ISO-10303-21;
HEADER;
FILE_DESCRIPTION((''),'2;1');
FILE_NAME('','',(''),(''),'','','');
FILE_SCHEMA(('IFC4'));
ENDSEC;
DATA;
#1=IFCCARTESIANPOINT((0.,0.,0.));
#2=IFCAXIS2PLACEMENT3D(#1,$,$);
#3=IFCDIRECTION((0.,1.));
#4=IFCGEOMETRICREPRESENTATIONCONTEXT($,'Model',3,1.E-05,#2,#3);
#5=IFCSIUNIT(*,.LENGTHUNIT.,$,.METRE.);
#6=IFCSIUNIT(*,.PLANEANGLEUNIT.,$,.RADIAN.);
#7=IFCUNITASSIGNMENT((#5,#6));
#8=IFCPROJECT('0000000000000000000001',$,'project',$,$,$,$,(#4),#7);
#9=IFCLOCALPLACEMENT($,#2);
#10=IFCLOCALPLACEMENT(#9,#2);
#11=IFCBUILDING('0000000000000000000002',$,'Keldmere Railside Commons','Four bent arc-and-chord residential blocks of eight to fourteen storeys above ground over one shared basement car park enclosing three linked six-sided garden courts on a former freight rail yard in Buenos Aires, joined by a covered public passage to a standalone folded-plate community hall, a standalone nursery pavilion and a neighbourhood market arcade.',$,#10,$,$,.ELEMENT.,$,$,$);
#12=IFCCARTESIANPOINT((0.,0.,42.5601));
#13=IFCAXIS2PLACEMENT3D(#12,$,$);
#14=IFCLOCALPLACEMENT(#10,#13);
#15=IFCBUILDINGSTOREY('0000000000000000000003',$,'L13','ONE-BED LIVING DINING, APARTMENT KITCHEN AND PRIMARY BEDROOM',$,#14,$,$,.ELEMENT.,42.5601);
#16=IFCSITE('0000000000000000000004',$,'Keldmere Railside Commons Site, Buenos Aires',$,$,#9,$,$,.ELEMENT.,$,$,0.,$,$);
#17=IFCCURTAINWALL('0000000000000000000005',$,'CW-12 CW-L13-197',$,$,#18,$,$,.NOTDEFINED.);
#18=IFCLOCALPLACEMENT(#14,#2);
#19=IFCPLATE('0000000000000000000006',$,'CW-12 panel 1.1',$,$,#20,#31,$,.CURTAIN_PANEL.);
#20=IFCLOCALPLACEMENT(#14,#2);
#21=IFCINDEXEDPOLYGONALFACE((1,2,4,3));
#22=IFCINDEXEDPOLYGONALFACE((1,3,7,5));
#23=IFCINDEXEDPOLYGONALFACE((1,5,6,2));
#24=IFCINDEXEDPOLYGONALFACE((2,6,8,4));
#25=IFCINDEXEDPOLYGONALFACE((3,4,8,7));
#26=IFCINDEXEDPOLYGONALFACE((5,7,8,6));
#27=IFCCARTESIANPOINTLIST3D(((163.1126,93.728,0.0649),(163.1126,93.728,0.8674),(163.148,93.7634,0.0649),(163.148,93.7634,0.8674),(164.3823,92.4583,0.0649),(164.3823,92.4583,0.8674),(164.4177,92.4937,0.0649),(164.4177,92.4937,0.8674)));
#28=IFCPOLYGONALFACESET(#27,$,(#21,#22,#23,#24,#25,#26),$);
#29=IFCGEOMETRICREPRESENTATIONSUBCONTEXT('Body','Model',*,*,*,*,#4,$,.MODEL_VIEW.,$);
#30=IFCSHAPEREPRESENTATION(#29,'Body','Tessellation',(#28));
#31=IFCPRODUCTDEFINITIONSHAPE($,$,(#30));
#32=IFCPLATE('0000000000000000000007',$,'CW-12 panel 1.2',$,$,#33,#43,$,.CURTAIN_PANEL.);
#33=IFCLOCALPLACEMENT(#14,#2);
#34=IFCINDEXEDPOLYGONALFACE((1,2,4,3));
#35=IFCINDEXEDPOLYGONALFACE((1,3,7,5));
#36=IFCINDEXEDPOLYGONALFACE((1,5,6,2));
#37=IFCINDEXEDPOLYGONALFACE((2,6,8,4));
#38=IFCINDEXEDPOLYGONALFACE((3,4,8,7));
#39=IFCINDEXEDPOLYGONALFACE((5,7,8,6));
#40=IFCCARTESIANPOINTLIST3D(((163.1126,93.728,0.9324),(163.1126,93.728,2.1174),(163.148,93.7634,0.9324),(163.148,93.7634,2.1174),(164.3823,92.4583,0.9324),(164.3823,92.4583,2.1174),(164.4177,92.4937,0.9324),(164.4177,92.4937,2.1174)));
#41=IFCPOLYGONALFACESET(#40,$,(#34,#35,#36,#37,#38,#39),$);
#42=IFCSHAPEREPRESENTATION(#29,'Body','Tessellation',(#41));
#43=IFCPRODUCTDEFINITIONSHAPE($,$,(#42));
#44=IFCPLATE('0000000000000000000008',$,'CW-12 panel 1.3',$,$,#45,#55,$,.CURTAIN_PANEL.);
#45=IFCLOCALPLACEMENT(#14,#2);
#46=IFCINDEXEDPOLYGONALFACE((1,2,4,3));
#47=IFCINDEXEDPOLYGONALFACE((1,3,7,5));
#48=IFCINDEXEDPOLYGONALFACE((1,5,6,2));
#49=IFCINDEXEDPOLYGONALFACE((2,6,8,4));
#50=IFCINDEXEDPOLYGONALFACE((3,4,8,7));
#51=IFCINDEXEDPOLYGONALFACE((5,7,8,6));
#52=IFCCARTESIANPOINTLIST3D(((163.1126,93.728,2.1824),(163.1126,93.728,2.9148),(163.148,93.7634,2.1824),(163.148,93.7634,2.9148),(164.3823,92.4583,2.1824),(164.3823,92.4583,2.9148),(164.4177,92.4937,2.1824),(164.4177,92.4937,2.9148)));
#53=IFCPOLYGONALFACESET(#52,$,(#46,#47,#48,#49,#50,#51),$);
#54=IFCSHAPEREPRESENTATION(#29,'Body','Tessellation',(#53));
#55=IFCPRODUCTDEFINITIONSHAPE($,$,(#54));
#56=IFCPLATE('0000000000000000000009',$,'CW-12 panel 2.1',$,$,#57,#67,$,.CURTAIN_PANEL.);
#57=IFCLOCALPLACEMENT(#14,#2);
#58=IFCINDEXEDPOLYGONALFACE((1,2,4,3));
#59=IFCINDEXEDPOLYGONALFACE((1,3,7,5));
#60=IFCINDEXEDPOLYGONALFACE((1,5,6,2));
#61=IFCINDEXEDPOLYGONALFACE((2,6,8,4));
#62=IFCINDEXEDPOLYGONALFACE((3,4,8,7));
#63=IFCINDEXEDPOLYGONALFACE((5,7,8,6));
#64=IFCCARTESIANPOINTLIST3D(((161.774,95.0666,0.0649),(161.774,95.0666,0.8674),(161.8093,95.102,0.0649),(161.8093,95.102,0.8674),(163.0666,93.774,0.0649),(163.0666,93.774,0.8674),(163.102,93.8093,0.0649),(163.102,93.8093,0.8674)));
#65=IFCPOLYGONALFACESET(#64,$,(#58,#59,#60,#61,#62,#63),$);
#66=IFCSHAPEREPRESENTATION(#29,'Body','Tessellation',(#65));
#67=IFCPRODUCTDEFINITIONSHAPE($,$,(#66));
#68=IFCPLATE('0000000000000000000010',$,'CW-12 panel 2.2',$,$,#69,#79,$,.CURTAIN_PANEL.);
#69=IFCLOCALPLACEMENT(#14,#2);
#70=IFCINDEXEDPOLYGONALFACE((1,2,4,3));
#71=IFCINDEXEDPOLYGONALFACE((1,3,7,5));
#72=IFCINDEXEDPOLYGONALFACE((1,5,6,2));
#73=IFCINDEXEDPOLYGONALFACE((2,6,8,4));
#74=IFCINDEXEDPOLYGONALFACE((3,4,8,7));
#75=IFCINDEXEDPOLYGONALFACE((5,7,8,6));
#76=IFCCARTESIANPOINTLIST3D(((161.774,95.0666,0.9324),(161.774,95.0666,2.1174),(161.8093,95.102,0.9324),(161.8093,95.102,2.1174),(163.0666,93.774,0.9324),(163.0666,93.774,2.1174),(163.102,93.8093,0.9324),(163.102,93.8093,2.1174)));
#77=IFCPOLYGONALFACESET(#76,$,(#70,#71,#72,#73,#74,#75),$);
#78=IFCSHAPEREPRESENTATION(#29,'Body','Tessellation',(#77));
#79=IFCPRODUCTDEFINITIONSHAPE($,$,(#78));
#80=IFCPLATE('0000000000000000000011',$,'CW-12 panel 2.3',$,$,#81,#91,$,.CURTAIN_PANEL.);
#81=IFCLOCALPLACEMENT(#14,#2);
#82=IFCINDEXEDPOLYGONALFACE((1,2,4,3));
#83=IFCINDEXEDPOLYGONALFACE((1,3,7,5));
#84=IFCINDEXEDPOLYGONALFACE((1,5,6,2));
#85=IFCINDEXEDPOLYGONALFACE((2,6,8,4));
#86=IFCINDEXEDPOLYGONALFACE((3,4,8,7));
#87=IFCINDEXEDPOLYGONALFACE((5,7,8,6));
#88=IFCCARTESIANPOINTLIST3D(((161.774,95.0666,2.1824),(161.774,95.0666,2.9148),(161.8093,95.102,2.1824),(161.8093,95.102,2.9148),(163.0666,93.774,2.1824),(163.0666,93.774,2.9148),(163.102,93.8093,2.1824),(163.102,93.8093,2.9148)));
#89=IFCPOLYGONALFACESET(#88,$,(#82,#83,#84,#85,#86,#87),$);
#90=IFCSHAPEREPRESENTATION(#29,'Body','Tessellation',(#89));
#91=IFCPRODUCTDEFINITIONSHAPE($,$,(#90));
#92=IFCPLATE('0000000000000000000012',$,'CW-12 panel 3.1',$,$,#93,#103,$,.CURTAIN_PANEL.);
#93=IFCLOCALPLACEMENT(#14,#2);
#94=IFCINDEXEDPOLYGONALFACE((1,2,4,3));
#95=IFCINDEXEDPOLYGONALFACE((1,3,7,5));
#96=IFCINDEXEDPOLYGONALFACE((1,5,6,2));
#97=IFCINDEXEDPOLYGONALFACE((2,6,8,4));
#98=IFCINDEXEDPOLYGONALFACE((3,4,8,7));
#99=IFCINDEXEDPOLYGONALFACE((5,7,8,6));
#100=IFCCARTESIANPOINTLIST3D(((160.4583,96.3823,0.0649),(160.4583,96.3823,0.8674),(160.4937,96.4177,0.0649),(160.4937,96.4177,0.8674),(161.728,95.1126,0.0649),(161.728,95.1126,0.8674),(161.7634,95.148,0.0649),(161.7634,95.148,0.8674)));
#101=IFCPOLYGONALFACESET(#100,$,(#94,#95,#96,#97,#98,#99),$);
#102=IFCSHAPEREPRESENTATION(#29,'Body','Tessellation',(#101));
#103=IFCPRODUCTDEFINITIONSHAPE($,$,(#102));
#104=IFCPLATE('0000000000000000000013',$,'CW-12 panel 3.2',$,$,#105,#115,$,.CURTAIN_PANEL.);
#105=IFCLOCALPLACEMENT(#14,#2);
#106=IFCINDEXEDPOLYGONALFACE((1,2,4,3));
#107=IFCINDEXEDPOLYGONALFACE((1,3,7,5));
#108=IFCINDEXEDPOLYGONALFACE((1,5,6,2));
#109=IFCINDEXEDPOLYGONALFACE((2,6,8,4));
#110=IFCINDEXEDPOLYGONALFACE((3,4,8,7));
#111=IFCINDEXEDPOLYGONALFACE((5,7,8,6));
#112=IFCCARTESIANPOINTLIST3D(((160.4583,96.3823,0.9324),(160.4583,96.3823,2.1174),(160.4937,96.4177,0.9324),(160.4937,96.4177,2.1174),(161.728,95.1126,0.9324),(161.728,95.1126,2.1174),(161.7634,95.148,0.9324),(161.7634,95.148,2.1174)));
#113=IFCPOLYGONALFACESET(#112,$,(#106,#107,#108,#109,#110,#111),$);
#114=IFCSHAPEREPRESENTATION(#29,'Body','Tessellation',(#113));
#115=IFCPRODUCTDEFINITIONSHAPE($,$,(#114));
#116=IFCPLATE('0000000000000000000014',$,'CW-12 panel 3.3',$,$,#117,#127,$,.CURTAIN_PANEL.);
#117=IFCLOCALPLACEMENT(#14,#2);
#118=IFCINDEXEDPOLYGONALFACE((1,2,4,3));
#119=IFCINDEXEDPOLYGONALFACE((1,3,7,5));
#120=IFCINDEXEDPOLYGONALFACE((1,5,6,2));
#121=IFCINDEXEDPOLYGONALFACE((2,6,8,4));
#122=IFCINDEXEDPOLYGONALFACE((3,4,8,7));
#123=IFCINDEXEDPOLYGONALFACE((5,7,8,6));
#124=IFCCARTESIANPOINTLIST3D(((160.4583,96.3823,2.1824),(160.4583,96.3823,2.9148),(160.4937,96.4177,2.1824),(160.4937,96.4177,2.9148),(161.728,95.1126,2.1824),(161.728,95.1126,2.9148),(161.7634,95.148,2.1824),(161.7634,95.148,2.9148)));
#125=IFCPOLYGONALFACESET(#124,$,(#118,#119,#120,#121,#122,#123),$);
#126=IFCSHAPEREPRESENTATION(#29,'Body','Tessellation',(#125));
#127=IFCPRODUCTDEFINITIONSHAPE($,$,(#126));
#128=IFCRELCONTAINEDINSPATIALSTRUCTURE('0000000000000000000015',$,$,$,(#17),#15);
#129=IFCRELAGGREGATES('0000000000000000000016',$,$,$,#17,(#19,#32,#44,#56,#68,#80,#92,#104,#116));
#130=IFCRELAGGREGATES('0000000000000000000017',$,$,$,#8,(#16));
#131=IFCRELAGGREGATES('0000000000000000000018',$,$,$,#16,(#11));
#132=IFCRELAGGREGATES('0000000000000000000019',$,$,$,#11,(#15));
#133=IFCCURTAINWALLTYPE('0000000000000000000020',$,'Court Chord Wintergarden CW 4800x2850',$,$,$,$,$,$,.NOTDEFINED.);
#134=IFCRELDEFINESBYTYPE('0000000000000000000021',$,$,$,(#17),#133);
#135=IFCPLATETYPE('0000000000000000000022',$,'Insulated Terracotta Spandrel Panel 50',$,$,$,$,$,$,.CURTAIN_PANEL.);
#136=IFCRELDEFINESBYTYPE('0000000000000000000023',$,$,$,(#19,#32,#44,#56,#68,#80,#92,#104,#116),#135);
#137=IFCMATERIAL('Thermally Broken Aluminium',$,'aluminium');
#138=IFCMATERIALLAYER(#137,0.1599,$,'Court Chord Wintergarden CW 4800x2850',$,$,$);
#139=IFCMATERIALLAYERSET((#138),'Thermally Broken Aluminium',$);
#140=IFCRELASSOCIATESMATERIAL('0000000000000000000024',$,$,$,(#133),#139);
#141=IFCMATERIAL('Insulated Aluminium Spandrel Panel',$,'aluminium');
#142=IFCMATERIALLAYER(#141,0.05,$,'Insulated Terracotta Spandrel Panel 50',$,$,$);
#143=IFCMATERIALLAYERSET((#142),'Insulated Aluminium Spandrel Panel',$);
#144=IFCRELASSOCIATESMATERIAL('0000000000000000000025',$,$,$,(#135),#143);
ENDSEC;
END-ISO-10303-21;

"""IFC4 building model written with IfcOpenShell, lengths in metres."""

from ifc_helpers import new_model, si_unit, direction, frame, origin, origin_2d, place, context, subcontext, project, spatial, rectangle, extrude, material, layer, layer_set, type_object, element, aggregate, save


model = new_model("IFC4")

# Units and contexts
model_context = context("Model", 3, precision=1e-05, world=origin(), true_north=direction((0.0, 1.0)))
body_context = subcontext(model_context, "Body", "Model", "MODEL_VIEW")
ifc_project = project(units=[si_unit("LENGTHUNIT", "METRE"), si_unit("PLANEANGLEUNIT", "RADIAN")], contexts=[model_context])

# Site, building, storey
site_placement = place(None, origin())
site = spatial("IfcSite", under=ifc_project, at=site_placement, Name="Keldmere Railside Commons Site, Buenos Aires", CompositionType="ELEMENT", RefElevation=0.0)
building_placement = place(site_placement, origin())
building = spatial("IfcBuilding", under=site, at=building_placement, Name="Keldmere Railside Commons", Description="Four bent arc-and-chord residential blocks of eight to fourteen storeys above ground over one shared basement car park enclosing three linked six-sided garden courts on a former freight rail yard in Buenos Aires, joined by a covered public passage to a standalone folded-plate community hall, a standalone nursery pavilion and a neighbourhood market arcade.", CompositionType="ELEMENT")
storey_placement = place(building_placement, frame((0.0, 0.0, 42.5601)))
storey = spatial("IfcBuildingStorey", under=building, at=storey_placement, Name="L13", Description="ONE-BED LIVING DINING, APARTMENT KITCHEN AND PRIMARY BEDROOM", CompositionType="ELEMENT", Elevation=42.5601)

# Curtain wall, plates
ifc_material_1 = material(Name="Thermally Broken Aluminium", Category="aluminium")
ifc_layer_1 = layer(ifc_material_1, 0.1599, Name="Court Chord Wintergarden CW 4800x2850")
ifc_layer_set_1 = layer_set([ifc_layer_1], Name="Thermally Broken Aluminium")
curtain_wall_type = type_object("IfcCurtainWallType", Name="Court Chord Wintergarden CW 4800x2850", PredefinedType="NOTDEFINED", material=ifc_layer_set_1)
curtain_wall_placement = place(storey_placement, origin())
curtain_wall = element("IfcCurtainWall", 1, at=curtain_wall_placement, inside=storey, type_object=curtain_wall_type, Name="CW-12 CW-L13-197", PredefinedType="NOTDEFINED")
ifc_material_2 = material(Name="Insulated Aluminium Spandrel Panel", Category="aluminium")
ifc_layer_2 = layer(ifc_material_2, 0.05, Name="Insulated Terracotta Spandrel Panel 50")
ifc_layer_set_2 = layer_set([ifc_layer_2], Name="Insulated Aluminium Spandrel Panel")
plate_type = type_object("IfcPlateType", Name="Insulated Terracotta Spandrel Panel 50", PredefinedType="CURTAIN_PANEL", material=ifc_layer_set_2)
plate_1_placement = place(storey_placement, frame((163.7651, 93.1108, 0.0649), z_axis=(0.0, 0.0, 1.0), x_axis=(-0.707107, 0.707107, 0.0)))
plate_1 = element("IfcPlate", 2, at=plate_1_placement, type_object=plate_type, Name="CW-12 panel 1.1", PredefinedType="CURTAIN_PANEL", context=body_context, shape_type="SweptSolid", body=[
    extrude(rectangle(XDim=1.7957, YDim=0.05, at=origin_2d()), origin(), (0.0, 0.0, 1.0), 0.8025),
])
plate_2_placement = place(storey_placement, frame((163.7651, 93.1108, 0.9324), z_axis=(0.0, 0.0, 1.0), x_axis=(-0.707107, 0.707107, 0.0)))
plate_2 = element("IfcPlate", 3, at=plate_2_placement, type_object=plate_type, Name="CW-12 panel 1.2", PredefinedType="CURTAIN_PANEL", context=body_context, shape_type="SweptSolid", body=[
    extrude(rectangle(XDim=1.7957, YDim=0.05, at=origin_2d()), origin(), (0.0, 0.0, 1.0), 1.1851),
])
plate_3_placement = place(storey_placement, frame((163.7651, 93.1108, 2.1824), z_axis=(0.0, 0.0, 1.0), x_axis=(-0.707107, 0.707107, 0.0)))
plate_3 = element("IfcPlate", 4, at=plate_3_placement, type_object=plate_type, Name="CW-12 panel 1.3", PredefinedType="CURTAIN_PANEL", context=body_context, shape_type="SweptSolid", body=[
    extrude(rectangle(XDim=1.7957, YDim=0.05, at=origin_2d()), origin(), (0.0, 0.0, 1.0), 0.7324),
])
plate_4_placement = place(storey_placement, frame((162.438, 94.438, 0.0649), z_axis=(0.0, 0.0, 1.0), x_axis=(-0.707107, 0.707107, 0.0)))
plate_4 = element("IfcPlate", 5, at=plate_4_placement, type_object=plate_type, Name="CW-12 panel 2.1", PredefinedType="CURTAIN_PANEL", context=body_context, shape_type="SweptSolid", body=[
    extrude(rectangle(XDim=1.8281, YDim=0.05, at=origin_2d()), origin(), (0.0, 0.0, 1.0), 0.8025),
])
plate_5_placement = place(storey_placement, frame((162.438, 94.438, 0.9324), z_axis=(0.0, 0.0, 1.0), x_axis=(-0.707107, 0.707107, 0.0)))
plate_5 = element("IfcPlate", 6, at=plate_5_placement, type_object=plate_type, Name="CW-12 panel 2.2", PredefinedType="CURTAIN_PANEL", context=body_context, shape_type="SweptSolid", body=[
    extrude(rectangle(XDim=1.8281, YDim=0.05, at=origin_2d()), origin(), (0.0, 0.0, 1.0), 1.1851),
])
plate_6_placement = place(storey_placement, frame((162.438, 94.438, 2.1824), z_axis=(0.0, 0.0, 1.0), x_axis=(-0.707107, 0.707107, 0.0)))
plate_6 = element("IfcPlate", 7, at=plate_6_placement, type_object=plate_type, Name="CW-12 panel 2.3", PredefinedType="CURTAIN_PANEL", context=body_context, shape_type="SweptSolid", body=[
    extrude(rectangle(XDim=1.8281, YDim=0.05, at=origin_2d()), origin(), (0.0, 0.0, 1.0), 0.7324),
])
plate_7_placement = place(storey_placement, frame((161.1108, 95.7651, 0.0649), z_axis=(0.0, 0.0, 1.0), x_axis=(-0.707107, 0.707107, 0.0)))
plate_7 = element("IfcPlate", 8, at=plate_7_placement, type_object=plate_type, Name="CW-12 panel 3.1", PredefinedType="CURTAIN_PANEL", context=body_context, shape_type="SweptSolid", body=[
    extrude(rectangle(XDim=1.7957, YDim=0.05, at=origin_2d()), origin(), (0.0, 0.0, 1.0), 0.8025),
])
plate_8_placement = place(storey_placement, frame((161.1108, 95.7651, 0.9324), z_axis=(0.0, 0.0, 1.0), x_axis=(-0.707107, 0.707107, 0.0)))
plate_8 = element("IfcPlate", 9, at=plate_8_placement, type_object=plate_type, Name="CW-12 panel 3.2", PredefinedType="CURTAIN_PANEL", context=body_context, shape_type="SweptSolid", body=[
    extrude(rectangle(XDim=1.7957, YDim=0.05, at=origin_2d()), origin(), (0.0, 0.0, 1.0), 1.1851),
])
plate_9_placement = place(storey_placement, frame((161.1108, 95.7651, 2.1824), z_axis=(0.0, 0.0, 1.0), x_axis=(-0.707107, 0.707107, 0.0)))
plate_9 = element("IfcPlate", 10, at=plate_9_placement, type_object=plate_type, Name="CW-12 panel 3.3", PredefinedType="CURTAIN_PANEL", context=body_context, shape_type="SweptSolid", body=[
    extrude(rectangle(XDim=1.7957, YDim=0.05, at=origin_2d()), origin(), (0.0, 0.0, 1.0), 0.7324),
])
aggregate(curtain_wall, [plate_1, plate_2, plate_3, plate_4, plate_5, plate_6, plate_7, plate_8, plate_9])

save(model, "model.ifc")
